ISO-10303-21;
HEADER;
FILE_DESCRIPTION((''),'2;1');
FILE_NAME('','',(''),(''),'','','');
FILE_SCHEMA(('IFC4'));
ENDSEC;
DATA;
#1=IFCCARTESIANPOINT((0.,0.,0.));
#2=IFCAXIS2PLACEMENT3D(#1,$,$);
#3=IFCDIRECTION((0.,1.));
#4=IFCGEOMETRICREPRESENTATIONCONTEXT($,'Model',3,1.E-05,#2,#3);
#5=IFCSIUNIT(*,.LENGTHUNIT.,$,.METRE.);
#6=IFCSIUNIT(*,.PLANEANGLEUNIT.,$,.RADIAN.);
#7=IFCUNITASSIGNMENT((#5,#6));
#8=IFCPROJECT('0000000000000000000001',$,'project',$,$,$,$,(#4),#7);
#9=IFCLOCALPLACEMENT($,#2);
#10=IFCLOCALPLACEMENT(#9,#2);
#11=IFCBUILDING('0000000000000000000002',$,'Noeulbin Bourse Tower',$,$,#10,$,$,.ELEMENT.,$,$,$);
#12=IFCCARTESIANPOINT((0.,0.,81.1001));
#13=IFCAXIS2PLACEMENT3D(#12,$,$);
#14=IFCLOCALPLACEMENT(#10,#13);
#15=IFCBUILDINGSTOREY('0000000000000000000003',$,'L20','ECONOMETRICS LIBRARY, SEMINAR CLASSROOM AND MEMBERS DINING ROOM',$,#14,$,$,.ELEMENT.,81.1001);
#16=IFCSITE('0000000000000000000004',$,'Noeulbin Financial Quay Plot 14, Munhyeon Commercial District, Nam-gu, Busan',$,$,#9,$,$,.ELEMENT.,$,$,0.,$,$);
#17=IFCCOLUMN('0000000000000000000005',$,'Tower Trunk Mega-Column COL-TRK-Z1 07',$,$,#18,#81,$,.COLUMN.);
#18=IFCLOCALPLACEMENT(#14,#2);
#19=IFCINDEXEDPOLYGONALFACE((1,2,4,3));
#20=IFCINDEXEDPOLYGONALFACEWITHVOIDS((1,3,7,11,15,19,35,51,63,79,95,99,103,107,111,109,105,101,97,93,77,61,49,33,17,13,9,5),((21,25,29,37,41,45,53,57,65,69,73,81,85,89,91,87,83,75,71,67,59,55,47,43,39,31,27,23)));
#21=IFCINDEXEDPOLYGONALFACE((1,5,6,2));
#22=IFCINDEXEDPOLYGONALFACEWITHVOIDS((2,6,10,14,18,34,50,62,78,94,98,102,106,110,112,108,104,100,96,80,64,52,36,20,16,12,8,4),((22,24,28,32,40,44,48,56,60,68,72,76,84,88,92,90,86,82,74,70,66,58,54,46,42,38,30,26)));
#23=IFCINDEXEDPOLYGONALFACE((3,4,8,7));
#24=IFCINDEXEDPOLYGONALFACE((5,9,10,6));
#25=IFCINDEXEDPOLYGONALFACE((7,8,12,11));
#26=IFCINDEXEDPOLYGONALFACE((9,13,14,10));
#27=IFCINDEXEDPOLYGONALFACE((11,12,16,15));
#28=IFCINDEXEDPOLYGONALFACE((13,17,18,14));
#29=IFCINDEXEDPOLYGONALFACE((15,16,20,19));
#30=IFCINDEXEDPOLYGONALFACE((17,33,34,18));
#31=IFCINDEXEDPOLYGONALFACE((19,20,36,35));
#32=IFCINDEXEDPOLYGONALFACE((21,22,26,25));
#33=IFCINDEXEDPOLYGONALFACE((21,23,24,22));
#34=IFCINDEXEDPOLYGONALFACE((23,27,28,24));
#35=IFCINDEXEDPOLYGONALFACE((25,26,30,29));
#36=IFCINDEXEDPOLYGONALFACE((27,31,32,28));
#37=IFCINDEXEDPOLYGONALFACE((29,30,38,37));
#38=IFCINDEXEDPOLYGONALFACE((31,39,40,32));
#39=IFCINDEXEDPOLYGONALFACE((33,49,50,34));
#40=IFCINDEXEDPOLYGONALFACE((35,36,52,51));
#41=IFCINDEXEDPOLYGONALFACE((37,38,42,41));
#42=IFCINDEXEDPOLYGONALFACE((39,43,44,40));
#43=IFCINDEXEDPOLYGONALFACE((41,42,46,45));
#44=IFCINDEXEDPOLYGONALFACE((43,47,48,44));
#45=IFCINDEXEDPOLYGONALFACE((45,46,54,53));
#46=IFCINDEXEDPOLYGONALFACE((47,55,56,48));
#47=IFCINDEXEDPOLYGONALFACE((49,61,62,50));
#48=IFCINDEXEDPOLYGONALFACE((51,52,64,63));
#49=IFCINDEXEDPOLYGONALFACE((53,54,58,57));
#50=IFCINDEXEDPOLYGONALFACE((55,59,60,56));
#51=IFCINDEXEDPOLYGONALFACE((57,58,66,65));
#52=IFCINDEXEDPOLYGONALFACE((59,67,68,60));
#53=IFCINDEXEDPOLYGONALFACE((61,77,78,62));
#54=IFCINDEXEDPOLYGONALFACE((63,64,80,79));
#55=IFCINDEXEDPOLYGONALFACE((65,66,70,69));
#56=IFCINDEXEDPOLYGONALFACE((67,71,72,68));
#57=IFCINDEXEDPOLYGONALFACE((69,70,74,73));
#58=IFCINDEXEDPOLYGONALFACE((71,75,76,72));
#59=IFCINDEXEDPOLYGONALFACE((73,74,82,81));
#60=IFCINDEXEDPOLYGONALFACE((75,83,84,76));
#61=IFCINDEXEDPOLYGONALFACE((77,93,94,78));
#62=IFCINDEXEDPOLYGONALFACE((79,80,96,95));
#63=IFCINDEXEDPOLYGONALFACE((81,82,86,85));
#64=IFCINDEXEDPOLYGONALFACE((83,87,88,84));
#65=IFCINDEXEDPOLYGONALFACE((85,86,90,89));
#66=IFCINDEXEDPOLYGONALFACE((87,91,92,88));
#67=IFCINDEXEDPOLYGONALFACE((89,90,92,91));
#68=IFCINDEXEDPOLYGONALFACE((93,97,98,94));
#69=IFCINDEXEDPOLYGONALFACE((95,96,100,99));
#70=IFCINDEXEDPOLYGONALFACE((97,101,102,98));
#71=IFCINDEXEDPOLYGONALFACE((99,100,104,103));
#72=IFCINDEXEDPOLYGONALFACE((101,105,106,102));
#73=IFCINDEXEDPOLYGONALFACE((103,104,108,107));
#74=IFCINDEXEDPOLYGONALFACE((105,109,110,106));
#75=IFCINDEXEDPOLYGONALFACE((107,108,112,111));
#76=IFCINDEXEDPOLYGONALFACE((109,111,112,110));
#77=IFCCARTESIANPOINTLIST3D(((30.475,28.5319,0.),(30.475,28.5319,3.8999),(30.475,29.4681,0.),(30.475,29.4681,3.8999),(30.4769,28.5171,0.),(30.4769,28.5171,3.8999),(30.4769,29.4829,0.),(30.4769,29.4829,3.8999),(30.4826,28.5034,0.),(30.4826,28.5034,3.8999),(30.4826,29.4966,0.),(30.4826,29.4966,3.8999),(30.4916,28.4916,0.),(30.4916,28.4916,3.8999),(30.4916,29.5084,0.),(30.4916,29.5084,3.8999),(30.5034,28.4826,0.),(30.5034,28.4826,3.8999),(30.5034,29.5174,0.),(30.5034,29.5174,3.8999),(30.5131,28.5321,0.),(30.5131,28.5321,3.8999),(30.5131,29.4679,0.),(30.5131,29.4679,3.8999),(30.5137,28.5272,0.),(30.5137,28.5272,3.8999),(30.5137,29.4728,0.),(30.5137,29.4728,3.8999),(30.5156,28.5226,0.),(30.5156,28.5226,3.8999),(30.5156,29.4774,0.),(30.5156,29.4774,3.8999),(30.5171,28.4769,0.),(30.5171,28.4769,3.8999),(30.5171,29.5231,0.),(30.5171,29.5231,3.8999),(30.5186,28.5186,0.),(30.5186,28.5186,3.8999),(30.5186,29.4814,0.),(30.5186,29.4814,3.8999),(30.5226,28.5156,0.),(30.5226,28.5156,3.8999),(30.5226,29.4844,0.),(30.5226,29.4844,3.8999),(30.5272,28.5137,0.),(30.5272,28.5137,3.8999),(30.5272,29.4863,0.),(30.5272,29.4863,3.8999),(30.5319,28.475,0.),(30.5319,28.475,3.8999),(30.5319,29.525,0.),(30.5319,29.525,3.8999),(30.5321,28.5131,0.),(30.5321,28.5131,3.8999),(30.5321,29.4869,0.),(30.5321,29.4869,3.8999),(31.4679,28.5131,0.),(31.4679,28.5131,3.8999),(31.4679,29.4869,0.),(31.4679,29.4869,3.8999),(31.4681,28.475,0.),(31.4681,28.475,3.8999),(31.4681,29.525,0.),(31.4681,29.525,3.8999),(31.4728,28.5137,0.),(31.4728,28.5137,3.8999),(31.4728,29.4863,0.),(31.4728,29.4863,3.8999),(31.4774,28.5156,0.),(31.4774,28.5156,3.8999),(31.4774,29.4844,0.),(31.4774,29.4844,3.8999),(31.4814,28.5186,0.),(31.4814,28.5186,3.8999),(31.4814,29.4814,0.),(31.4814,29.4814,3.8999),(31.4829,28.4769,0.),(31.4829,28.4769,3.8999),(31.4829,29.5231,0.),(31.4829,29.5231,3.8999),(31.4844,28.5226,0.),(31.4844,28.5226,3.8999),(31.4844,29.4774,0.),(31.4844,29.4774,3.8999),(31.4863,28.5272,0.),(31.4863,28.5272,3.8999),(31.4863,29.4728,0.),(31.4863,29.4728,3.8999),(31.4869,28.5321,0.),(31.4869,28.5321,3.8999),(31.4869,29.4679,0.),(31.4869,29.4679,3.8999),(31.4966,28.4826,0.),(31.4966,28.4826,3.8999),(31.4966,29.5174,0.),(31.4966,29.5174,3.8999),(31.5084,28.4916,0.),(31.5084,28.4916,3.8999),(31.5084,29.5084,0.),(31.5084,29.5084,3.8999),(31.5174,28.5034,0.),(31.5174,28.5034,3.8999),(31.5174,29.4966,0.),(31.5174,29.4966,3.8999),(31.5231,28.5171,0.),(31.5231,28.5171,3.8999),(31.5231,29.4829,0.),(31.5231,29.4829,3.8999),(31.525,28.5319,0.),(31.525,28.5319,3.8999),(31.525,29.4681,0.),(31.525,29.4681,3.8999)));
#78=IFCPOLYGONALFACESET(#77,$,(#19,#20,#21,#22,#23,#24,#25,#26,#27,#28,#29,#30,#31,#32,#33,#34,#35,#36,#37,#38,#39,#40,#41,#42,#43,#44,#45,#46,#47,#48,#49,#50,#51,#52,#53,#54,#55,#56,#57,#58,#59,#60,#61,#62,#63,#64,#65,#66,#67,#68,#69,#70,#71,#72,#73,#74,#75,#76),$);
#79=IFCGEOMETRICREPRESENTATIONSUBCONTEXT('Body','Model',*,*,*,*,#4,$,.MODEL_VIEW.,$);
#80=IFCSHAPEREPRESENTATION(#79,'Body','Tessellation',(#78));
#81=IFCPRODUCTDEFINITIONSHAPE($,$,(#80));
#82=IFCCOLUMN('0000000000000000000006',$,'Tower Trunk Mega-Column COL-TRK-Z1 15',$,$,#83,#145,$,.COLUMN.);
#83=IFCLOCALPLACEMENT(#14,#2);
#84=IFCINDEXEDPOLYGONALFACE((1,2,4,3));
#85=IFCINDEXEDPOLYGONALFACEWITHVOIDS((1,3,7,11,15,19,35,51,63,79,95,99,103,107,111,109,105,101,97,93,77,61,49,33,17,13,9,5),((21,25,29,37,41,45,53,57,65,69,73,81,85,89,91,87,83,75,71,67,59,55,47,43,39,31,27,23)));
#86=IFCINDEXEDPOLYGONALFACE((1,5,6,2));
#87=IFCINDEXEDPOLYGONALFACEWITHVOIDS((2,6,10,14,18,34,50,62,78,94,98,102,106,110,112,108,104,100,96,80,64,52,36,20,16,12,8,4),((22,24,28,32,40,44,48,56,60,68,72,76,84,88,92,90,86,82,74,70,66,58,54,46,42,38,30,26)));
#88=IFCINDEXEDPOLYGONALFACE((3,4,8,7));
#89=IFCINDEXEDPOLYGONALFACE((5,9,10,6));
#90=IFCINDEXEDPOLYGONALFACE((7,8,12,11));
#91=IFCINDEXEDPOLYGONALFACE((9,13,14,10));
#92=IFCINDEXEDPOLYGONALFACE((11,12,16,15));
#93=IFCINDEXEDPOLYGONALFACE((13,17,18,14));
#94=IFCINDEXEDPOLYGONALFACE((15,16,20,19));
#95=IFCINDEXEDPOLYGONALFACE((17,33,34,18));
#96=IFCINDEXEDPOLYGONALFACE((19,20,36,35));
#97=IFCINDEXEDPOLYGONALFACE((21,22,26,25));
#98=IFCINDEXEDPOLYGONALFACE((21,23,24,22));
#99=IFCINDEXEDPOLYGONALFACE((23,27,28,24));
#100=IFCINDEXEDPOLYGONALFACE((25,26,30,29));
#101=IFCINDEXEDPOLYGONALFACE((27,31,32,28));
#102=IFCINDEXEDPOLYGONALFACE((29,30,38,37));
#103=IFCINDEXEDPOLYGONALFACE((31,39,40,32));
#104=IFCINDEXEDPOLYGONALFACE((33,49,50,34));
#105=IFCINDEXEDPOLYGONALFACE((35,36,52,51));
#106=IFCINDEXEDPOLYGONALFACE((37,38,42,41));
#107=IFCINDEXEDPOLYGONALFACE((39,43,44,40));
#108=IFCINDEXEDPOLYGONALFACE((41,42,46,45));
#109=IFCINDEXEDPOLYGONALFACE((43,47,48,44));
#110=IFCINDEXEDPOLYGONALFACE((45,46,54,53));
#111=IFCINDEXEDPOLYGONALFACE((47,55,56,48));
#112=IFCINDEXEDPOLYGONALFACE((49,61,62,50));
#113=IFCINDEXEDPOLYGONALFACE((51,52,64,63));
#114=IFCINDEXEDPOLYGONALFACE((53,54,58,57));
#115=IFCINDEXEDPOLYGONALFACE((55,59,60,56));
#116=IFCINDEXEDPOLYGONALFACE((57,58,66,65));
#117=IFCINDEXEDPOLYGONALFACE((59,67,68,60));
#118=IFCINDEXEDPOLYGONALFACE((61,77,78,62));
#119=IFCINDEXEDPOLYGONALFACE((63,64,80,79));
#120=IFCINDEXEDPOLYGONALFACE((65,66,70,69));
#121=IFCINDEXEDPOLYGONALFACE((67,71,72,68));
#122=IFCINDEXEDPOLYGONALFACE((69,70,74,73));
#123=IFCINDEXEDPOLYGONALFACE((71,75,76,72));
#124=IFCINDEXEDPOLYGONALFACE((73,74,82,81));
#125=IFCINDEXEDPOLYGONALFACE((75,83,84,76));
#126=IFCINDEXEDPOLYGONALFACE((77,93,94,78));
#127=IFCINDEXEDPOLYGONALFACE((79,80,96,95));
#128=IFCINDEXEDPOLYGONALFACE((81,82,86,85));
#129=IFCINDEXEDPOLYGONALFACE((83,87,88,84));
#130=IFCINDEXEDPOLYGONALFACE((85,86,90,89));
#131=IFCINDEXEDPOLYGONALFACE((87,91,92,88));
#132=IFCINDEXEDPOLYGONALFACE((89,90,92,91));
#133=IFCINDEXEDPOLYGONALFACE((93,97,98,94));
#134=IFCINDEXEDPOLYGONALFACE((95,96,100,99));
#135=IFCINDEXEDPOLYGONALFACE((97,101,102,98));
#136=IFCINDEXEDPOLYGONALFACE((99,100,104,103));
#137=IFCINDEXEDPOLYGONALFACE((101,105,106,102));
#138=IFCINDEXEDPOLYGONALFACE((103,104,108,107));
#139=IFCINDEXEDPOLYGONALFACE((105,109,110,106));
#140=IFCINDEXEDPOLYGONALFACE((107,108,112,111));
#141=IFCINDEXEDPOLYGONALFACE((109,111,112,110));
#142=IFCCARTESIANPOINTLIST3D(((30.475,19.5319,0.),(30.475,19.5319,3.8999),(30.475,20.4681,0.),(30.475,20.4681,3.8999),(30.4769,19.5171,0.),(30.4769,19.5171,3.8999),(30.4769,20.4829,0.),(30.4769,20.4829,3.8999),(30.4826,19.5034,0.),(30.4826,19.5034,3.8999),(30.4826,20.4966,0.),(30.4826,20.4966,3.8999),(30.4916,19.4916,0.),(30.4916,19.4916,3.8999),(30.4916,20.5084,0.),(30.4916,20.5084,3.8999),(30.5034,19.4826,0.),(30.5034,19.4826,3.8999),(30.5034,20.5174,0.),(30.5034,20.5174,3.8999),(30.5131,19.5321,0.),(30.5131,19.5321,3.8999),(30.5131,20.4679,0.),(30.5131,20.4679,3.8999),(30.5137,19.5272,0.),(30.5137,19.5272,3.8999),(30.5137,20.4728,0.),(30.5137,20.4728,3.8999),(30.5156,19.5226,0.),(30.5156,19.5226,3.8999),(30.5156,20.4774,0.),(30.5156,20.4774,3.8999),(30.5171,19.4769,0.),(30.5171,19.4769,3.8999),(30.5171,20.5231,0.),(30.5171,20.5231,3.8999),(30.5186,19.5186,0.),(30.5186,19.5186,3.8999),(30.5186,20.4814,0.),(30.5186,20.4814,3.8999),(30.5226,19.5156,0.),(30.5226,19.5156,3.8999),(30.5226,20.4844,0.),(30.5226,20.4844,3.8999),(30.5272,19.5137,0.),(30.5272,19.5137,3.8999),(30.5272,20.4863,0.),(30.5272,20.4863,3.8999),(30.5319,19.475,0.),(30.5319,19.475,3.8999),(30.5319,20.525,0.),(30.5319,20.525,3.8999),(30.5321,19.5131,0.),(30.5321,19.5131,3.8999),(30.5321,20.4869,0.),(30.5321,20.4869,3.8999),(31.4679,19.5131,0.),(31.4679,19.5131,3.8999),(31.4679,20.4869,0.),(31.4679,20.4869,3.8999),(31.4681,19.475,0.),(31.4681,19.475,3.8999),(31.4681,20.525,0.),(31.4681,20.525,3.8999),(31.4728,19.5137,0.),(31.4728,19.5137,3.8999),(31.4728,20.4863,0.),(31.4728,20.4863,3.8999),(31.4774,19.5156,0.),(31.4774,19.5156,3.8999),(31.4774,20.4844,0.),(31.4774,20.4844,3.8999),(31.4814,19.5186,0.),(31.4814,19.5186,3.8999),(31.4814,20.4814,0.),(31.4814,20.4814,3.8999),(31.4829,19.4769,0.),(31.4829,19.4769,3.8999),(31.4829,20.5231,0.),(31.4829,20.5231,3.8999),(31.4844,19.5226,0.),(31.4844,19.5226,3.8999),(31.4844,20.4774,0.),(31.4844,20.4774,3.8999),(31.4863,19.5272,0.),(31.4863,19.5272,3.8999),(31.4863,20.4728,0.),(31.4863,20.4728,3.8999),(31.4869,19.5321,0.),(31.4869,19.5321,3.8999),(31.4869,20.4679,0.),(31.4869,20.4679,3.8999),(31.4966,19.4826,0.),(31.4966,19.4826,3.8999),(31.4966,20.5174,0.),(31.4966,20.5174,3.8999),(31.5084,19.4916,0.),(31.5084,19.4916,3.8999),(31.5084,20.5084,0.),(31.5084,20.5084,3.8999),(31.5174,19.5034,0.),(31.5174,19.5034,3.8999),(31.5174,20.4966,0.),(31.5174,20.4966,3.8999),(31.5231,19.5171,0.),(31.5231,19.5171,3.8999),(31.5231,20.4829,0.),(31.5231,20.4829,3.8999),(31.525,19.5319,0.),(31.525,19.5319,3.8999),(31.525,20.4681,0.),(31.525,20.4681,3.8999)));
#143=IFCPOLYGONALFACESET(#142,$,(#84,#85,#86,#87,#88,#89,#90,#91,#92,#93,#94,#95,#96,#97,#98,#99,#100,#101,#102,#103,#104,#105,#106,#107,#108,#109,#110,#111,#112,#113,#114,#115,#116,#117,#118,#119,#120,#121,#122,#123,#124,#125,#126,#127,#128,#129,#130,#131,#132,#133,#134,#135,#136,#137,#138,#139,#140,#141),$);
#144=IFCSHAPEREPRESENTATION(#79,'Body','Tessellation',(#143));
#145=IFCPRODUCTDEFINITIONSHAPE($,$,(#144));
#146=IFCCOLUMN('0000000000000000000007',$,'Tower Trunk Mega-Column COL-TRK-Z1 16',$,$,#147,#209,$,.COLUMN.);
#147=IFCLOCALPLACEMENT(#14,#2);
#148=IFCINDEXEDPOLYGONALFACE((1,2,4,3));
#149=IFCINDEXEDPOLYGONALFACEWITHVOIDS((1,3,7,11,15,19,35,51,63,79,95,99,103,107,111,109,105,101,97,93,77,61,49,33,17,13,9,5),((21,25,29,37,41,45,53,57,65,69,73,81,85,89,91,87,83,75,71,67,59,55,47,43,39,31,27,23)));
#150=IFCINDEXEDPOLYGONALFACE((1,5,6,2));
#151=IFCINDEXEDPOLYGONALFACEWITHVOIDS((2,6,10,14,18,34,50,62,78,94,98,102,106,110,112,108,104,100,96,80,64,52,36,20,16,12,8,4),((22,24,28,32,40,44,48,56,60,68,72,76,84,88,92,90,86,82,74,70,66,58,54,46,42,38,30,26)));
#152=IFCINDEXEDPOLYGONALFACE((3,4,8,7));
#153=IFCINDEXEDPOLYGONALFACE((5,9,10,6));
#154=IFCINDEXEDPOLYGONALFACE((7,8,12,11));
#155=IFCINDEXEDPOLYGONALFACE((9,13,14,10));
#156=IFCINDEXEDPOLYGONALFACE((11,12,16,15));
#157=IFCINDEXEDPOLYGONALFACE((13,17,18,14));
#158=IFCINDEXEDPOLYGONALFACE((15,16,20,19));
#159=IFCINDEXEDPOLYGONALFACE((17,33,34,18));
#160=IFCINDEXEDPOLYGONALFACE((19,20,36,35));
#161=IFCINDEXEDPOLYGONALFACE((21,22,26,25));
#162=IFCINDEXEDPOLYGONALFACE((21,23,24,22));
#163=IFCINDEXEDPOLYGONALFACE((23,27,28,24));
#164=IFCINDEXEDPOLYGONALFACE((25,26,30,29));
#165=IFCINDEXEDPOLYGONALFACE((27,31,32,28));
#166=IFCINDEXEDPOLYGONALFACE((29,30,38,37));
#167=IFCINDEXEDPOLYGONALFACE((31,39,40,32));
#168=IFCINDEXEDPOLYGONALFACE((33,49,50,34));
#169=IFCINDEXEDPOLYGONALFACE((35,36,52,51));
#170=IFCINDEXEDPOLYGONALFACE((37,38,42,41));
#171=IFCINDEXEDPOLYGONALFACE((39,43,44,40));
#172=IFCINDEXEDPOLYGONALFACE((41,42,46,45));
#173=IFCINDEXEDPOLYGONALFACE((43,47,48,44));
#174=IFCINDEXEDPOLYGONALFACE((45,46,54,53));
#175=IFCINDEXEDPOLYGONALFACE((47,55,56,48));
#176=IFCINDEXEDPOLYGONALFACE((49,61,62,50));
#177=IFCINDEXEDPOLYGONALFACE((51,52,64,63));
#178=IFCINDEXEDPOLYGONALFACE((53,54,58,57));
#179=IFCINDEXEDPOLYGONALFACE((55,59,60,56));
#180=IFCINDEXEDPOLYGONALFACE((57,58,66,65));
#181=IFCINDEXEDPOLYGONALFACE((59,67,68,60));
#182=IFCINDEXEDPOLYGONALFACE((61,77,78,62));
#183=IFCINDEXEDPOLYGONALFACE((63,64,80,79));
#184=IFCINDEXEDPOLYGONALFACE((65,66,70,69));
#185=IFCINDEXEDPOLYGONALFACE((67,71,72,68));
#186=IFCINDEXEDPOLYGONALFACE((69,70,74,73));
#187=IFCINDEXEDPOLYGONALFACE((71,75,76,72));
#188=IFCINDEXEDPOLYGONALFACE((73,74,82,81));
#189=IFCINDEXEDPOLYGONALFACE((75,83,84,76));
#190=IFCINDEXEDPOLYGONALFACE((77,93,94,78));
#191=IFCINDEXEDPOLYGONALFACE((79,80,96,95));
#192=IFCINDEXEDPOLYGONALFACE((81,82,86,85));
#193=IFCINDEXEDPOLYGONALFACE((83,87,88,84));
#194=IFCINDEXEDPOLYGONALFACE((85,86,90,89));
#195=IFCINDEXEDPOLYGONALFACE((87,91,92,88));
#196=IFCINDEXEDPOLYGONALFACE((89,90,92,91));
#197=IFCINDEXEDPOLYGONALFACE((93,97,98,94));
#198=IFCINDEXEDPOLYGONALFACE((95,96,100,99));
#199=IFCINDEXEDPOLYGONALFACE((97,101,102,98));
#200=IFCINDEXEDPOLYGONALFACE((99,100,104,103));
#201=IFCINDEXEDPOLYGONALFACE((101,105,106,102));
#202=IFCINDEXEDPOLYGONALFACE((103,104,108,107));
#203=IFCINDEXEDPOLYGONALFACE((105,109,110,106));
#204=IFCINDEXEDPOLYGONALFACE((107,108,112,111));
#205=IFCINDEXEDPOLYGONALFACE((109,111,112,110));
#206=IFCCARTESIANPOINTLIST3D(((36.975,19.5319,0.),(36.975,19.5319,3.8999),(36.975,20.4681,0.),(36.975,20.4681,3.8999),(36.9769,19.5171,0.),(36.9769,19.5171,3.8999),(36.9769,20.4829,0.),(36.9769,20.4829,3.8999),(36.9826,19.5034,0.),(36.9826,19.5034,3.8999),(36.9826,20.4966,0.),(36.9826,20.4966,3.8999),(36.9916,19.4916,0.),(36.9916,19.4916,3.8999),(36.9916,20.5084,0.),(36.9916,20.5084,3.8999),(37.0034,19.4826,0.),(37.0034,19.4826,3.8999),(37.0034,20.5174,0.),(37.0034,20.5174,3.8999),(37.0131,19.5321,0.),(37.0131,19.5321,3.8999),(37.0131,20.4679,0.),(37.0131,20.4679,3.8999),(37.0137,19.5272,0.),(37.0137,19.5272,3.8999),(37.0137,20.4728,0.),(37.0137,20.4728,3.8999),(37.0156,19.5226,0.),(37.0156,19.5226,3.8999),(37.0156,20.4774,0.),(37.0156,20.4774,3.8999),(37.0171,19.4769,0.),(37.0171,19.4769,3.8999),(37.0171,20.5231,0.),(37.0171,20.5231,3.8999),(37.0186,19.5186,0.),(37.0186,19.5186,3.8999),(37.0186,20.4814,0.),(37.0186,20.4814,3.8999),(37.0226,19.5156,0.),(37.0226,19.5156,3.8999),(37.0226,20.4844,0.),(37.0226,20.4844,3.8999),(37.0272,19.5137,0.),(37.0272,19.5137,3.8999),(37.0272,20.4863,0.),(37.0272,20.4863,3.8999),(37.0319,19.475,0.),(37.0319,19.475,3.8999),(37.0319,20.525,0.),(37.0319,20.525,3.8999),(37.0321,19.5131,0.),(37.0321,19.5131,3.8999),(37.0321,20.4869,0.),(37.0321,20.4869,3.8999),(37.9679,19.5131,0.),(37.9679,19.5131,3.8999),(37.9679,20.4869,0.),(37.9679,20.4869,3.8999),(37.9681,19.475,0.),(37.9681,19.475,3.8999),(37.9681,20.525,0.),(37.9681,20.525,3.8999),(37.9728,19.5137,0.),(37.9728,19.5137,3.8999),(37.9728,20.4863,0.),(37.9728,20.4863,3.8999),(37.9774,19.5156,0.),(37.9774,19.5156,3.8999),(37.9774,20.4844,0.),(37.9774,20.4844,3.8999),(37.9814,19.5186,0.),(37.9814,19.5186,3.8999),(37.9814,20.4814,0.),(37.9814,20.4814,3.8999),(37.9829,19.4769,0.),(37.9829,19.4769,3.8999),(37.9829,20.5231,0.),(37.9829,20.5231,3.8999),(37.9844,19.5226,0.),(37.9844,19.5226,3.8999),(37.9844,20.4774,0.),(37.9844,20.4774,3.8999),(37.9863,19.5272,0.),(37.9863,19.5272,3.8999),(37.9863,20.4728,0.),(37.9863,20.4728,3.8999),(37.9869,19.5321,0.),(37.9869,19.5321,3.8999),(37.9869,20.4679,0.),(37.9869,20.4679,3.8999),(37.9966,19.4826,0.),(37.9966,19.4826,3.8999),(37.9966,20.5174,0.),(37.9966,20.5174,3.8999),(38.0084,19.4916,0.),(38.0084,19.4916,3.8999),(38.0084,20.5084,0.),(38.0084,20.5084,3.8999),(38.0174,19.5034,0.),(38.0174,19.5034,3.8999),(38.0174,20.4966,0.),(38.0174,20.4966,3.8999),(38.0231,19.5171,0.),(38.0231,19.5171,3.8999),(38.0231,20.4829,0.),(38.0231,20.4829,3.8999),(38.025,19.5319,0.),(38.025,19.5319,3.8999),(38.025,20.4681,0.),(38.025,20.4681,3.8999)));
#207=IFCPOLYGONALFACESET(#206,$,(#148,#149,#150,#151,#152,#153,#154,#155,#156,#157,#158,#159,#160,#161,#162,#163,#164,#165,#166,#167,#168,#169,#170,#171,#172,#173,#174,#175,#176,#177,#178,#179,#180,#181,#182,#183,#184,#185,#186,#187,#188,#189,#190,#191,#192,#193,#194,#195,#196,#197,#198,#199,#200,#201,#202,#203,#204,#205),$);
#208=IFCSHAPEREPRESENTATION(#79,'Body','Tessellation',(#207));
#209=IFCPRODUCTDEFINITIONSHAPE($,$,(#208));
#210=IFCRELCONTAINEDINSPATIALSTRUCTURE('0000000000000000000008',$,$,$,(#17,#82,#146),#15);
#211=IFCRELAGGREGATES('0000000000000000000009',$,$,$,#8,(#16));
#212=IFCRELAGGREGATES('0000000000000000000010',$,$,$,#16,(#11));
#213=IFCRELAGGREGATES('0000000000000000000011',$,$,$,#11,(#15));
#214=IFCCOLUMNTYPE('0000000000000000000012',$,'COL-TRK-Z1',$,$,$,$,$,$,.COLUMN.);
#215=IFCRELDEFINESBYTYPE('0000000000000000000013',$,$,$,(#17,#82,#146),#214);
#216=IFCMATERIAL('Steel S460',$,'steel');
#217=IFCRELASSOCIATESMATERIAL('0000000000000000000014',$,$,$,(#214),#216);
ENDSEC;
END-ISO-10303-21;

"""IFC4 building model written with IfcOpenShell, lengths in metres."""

from ifc_helpers import new_model, si_unit, direction, frame, origin, origin_2d, place, context, subcontext, project, spatial, hollow_rectangle, extrude, material, material_profile, profile_set, type_object, element, save


model = new_model("IFC4")

# Units and contexts
model_context = context("Model", 3, precision=1e-05, world=origin(), true_north=direction((0.0, 1.0)))
body_context = subcontext(model_context, "Body", "Model", "MODEL_VIEW")
ifc_project = project(units=[si_unit("LENGTHUNIT", "METRE"), si_unit("PLANEANGLEUNIT", "RADIAN")], contexts=[model_context])

# Site, building, storey
site_placement = place(None, origin())
site = spatial("IfcSite", under=ifc_project, at=site_placement, Name="Noeulbin Financial Quay Plot 14, Munhyeon Commercial District, Nam-gu, Busan", CompositionType="ELEMENT", RefElevation=0.0)
building_placement = place(site_placement, origin())
building = spatial("IfcBuilding", under=site, at=building_placement, Name="Noeulbin Bourse Tower", CompositionType="ELEMENT")
storey_placement = place(building_placement, frame((0.0, 0.0, 81.1001)))
storey = spatial("IfcBuildingStorey", under=building, at=storey_placement, Name="L20", Description="ECONOMETRICS LIBRARY, SEMINAR CLASSROOM AND MEMBERS DINING ROOM", CompositionType="ELEMENT", Elevation=81.1001)

# Columns
ifc_material_1 = material(Name="Steel S460", Category="steel")
ifc_material_profile_1 = material_profile(ifc_material_1, hollow_rectangle(XDim=1.05, YDim=1.05, WallThickness=0.0381, InnerFilletRadius=0.019, OuterFilletRadius=0.0569, at=origin_2d()), Name="BOX-1050x1050x38", Category="LoadBearing")
ifc_profile_set_1 = profile_set([ifc_material_profile_1], Name="Steel S460")
column_type = type_object("IfcColumnType", Name="COL-TRK-Z1", PredefinedType="COLUMN", material=ifc_profile_set_1)
for number, where, z_axis, x_axis, name in (
    (1, (31.0, 29.0, 0.0), (0.0, 0.0, 1.0), (1.0, 0.0, 0.0), "Tower Trunk Mega-Column COL-TRK-Z1 07"),
    (2, (31.0, 20.0, 0.0), (0.0, 0.0, 1.0), (1.0, 0.0, 0.0), "Tower Trunk Mega-Column COL-TRK-Z1 15"),
    (3, (37.5, 20.0, 0.0), (0.0, 0.0, 1.0), (1.0, 0.0, 0.0), "Tower Trunk Mega-Column COL-TRK-Z1 16"),
):
    element("IfcColumn", number, at=place(storey_placement, frame(where, z_axis=z_axis, x_axis=x_axis)), inside=storey, type_object=column_type, Name=name, PredefinedType="COLUMN", context=body_context, shape_type="SweptSolid", body=[
        extrude(hollow_rectangle(XDim=1.05, YDim=1.05, WallThickness=0.0381, InnerFilletRadius=0.019, OuterFilletRadius=0.0569, at=origin_2d()), origin(), (0.0, 0.0, 1.0), 3.8999),
    ])

save(model, "model.ifc")
